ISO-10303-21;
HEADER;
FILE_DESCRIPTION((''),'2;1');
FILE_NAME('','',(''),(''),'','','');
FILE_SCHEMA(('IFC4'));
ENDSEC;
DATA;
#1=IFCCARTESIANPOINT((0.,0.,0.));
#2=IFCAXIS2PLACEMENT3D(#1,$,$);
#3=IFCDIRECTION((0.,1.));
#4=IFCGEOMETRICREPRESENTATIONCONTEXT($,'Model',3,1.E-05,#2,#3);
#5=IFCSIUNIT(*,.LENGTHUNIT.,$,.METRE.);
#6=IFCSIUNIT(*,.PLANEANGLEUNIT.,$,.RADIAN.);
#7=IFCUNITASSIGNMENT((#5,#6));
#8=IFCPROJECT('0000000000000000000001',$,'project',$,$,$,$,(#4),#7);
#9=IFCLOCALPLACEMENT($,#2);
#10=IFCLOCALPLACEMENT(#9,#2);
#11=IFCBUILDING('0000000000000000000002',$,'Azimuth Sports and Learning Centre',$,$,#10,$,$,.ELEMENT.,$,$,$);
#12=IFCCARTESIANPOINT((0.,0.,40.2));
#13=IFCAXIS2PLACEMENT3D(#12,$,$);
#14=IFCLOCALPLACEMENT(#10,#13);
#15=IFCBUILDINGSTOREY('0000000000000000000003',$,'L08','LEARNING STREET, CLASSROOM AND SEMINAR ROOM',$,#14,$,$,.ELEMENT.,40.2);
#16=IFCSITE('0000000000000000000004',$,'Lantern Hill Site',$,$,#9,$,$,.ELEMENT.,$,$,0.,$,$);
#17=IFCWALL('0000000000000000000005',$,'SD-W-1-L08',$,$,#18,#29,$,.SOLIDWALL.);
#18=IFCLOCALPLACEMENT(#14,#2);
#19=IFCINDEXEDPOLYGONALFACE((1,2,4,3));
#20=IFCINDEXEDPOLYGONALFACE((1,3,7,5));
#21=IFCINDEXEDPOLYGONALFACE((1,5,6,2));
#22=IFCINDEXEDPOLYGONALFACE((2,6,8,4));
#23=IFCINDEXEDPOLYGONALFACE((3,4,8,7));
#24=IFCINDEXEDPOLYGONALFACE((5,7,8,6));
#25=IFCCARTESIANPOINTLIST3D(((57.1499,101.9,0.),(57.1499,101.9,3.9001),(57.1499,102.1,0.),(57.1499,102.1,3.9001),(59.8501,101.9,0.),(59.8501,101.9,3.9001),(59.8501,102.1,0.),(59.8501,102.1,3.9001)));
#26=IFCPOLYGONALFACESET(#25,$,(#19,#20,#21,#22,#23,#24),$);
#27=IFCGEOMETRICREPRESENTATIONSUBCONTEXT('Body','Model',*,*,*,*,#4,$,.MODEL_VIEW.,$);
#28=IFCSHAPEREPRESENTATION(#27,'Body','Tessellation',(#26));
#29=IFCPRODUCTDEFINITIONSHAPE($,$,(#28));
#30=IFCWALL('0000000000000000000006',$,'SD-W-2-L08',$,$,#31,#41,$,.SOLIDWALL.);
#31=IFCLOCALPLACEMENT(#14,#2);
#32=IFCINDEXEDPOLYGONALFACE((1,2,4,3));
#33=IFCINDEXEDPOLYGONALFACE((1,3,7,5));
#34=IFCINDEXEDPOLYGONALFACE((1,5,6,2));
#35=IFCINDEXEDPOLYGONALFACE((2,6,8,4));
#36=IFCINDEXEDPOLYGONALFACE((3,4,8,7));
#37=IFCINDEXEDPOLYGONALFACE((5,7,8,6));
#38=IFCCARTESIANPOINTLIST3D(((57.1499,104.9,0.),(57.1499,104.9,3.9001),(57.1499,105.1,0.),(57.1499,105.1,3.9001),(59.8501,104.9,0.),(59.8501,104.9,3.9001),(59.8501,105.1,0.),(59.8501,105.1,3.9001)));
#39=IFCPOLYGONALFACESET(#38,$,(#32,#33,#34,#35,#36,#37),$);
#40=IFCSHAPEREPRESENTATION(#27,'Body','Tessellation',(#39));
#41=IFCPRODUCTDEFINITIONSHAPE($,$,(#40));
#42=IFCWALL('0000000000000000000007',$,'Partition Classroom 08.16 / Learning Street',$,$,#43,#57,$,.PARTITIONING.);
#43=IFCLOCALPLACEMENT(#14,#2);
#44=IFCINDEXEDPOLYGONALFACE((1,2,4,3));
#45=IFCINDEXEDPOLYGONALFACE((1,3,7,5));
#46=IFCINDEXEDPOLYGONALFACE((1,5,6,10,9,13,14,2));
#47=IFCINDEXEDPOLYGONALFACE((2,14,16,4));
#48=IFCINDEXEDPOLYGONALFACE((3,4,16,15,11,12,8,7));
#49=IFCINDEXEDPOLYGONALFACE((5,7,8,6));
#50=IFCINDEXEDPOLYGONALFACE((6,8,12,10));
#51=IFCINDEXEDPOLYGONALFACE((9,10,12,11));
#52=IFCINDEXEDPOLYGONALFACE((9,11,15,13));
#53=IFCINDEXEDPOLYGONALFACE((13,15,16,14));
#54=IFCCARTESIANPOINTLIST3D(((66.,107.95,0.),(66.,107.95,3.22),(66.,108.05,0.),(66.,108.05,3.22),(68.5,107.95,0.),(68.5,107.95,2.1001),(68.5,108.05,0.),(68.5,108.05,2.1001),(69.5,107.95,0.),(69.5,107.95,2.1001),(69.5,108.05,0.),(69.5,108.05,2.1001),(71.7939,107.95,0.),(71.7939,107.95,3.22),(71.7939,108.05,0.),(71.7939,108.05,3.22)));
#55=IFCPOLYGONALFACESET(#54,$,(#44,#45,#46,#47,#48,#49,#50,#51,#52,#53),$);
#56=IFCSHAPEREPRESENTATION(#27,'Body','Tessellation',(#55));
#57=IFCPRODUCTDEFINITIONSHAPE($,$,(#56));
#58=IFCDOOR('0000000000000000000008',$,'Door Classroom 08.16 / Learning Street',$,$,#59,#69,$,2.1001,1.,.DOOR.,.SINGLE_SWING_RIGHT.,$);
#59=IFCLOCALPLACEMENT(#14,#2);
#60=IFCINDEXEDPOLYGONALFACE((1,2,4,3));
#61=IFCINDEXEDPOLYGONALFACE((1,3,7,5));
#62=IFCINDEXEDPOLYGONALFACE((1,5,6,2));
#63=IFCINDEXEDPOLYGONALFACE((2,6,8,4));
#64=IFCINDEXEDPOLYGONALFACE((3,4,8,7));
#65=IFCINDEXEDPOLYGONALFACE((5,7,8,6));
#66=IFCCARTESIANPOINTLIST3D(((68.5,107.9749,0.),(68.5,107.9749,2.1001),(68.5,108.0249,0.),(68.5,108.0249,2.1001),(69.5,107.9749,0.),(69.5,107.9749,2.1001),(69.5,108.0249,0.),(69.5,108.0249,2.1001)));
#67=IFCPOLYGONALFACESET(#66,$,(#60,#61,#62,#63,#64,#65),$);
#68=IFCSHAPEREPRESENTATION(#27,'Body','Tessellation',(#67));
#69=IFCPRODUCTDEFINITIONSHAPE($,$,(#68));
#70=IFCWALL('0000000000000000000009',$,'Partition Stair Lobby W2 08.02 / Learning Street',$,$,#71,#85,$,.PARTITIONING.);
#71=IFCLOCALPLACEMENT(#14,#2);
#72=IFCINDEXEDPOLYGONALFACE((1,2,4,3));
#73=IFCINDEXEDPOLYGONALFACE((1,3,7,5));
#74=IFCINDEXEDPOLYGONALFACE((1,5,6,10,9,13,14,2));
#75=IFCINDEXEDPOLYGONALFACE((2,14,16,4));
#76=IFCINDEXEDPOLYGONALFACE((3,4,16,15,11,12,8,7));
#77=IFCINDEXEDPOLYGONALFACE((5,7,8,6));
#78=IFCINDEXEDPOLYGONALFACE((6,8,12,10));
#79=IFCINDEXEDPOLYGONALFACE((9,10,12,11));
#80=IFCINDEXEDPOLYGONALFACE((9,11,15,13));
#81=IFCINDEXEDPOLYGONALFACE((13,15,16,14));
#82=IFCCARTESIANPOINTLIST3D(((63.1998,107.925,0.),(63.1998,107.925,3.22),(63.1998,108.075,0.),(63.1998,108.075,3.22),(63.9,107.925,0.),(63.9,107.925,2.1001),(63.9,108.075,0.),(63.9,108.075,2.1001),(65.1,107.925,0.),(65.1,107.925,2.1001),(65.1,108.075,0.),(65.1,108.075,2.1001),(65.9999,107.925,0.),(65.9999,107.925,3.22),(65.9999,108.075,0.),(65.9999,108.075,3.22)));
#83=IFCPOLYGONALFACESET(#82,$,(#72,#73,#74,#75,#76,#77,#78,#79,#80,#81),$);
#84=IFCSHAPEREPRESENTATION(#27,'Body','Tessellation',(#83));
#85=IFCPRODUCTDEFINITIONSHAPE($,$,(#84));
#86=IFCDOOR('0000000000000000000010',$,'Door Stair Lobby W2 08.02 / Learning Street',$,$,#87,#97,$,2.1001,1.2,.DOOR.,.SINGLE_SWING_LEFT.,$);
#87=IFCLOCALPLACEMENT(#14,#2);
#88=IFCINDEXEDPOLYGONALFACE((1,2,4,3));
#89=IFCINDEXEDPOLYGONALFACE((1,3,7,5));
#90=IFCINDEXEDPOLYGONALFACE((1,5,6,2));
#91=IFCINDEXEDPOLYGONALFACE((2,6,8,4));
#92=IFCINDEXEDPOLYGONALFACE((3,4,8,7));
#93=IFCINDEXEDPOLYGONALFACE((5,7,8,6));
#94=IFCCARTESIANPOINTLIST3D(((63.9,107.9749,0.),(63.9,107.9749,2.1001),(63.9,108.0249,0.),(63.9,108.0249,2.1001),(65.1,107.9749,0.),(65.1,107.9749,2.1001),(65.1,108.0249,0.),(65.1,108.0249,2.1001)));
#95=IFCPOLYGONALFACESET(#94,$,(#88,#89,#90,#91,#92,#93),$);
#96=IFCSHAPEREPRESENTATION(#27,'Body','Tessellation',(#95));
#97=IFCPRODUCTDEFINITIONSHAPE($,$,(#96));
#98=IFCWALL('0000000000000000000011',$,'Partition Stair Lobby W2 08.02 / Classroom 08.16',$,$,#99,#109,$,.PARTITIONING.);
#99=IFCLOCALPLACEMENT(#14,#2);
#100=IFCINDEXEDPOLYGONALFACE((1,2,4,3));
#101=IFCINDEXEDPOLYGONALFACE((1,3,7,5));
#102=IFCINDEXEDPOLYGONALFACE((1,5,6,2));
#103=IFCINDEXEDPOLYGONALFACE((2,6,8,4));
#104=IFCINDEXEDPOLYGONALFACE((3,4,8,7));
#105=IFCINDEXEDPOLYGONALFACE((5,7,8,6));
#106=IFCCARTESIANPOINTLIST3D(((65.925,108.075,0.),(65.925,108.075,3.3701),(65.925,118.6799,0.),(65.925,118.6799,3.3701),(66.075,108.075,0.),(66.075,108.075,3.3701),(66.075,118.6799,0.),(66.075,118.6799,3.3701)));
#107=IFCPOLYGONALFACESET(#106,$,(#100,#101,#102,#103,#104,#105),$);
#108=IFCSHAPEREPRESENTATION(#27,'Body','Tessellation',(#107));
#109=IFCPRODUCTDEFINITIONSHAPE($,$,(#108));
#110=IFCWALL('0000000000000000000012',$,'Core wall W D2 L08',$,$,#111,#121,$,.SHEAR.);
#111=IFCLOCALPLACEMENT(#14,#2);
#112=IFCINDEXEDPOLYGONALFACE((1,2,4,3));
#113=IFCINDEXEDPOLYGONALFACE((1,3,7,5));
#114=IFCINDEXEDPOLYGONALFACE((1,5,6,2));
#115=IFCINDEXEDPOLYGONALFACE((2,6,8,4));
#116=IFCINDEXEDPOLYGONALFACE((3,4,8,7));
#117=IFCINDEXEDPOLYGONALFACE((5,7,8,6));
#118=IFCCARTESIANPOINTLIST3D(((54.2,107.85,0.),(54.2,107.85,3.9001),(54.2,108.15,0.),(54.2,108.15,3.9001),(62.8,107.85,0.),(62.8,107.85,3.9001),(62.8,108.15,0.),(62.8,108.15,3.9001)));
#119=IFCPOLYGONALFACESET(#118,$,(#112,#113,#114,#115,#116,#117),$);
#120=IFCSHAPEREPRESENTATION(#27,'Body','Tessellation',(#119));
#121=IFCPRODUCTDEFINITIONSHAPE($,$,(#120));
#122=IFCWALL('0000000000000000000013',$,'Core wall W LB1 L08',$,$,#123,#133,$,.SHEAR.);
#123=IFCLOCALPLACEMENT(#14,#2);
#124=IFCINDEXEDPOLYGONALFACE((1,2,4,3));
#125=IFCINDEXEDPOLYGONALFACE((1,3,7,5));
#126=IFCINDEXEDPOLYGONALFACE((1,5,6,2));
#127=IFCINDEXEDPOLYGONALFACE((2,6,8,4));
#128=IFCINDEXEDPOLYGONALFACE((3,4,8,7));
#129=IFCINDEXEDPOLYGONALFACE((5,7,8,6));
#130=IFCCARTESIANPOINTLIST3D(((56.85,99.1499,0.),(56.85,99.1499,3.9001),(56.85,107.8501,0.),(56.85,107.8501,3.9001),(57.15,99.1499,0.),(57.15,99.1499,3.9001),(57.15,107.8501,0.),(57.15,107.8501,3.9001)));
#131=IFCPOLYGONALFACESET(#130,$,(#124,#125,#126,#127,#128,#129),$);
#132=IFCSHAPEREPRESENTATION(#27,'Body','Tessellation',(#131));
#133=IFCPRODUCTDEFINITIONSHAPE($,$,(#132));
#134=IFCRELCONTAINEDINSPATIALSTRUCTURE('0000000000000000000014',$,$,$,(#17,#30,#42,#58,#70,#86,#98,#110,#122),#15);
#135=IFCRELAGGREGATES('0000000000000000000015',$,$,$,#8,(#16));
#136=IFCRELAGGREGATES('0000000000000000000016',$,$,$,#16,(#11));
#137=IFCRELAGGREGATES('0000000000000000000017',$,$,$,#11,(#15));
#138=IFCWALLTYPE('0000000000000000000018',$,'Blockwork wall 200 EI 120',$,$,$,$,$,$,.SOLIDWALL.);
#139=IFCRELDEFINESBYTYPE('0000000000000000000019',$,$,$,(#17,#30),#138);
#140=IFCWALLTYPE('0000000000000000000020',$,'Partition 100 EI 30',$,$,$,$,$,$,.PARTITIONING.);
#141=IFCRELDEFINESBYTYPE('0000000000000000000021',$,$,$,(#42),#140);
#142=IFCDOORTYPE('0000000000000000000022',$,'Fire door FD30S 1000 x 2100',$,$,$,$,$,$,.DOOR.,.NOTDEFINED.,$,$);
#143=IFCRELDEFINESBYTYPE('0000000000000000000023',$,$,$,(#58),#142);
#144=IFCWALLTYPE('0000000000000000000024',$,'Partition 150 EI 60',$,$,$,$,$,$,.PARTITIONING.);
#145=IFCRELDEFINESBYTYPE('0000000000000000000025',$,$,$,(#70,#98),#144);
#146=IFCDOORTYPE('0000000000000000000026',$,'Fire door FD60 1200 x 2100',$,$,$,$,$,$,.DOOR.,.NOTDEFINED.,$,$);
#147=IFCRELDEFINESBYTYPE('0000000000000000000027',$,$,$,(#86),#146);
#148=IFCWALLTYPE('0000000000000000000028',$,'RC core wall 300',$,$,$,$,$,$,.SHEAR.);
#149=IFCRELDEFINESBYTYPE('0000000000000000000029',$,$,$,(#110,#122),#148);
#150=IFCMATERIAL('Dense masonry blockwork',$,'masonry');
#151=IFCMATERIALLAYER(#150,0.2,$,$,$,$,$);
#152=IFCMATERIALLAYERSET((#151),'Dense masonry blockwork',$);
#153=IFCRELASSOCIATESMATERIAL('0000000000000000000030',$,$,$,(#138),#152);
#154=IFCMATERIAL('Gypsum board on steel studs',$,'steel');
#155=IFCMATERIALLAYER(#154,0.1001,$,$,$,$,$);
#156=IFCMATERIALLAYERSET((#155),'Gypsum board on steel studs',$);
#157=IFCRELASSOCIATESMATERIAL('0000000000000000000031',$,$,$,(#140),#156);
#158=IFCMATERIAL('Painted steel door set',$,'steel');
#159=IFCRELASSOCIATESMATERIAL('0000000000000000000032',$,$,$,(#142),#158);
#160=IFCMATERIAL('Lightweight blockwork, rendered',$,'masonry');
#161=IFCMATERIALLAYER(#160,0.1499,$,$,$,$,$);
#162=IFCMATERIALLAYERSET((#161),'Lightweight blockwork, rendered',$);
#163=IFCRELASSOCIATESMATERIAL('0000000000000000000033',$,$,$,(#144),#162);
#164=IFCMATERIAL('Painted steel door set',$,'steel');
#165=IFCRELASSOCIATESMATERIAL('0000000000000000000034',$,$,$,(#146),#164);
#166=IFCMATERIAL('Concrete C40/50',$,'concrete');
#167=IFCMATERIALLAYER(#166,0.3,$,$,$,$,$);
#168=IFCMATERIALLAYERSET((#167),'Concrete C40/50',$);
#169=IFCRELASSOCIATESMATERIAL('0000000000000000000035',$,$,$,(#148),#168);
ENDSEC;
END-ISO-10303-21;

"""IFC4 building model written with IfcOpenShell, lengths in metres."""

from ifc_helpers import new_model, si_unit, direction, frame, frame_2d, origin, place, context, subcontext, project, spatial, rectangle, extrude, material, layer, layer_set, type_object, element, fill, save


model = new_model("IFC4")

# Units and contexts
model_context = context("Model", 3, precision=1e-05, world=origin(), true_north=direction((0.0, 1.0)))
body_context = subcontext(model_context, "Body", "Model", "MODEL_VIEW")
ifc_project = project(units=[si_unit("LENGTHUNIT", "METRE"), si_unit("PLANEANGLEUNIT", "RADIAN")], contexts=[model_context])

# Site, building, storey
site_placement = place(None, origin())
site = spatial("IfcSite", under=ifc_project, at=site_placement, Name="Lantern Hill Site", CompositionType="ELEMENT", RefElevation=0.0)
building_placement = place(site_placement, origin())
building = spatial("IfcBuilding", under=site, at=building_placement, Name="Azimuth Sports and Learning Centre", CompositionType="ELEMENT")
storey_placement = place(building_placement, frame((0.0, 0.0, 40.2)))
storey = spatial("IfcBuildingStorey", under=building, at=storey_placement, Name="L08", Description="LEARNING STREET, CLASSROOM AND SEMINAR ROOM", CompositionType="ELEMENT", Elevation=40.2)

# Walls
ifc_material_1 = material(Name="Dense masonry blockwork", Category="masonry")
ifc_layer_1 = layer(ifc_material_1, 0.2)
ifc_layer_set_1 = layer_set([ifc_layer_1], Name="Dense masonry blockwork")
wall_type_1 = type_object("IfcWallType", Name="Blockwork wall 200 EI 120", PredefinedType="SOLIDWALL", material=ifc_layer_set_1)
for number, where, z_axis, x_axis, name in (
    (1, (57.1499, 102.0, 0.0), (0.0, 0.0, 1.0), (1.0, 0.0, 0.0), "SD-W-1-L08"),
    (2, (57.1499, 105.0, 0.0), (0.0, 0.0, 1.0), (1.0, 0.0, 0.0), "SD-W-2-L08"),
):
    element("IfcWall", number, at=place(storey_placement, frame(where, z_axis=z_axis, x_axis=x_axis)), inside=storey, type_object=wall_type_1, Name=name, PredefinedType="SOLIDWALL", context=body_context, shape_type="SweptSolid", body=[
        extrude(rectangle(XDim=2.7002, YDim=0.2, at=frame_2d((1.3501, 0.0))), origin(), (0.0, 0.0, 1.0), 3.9001),
    ])

# Walls, openings, doors
ifc_material_2 = material(Name="Gypsum board on steel studs", Category="steel")
ifc_layer_2 = layer(ifc_material_2, 0.1001)
ifc_layer_set_2 = layer_set([ifc_layer_2], Name="Gypsum board on steel studs")
wall_type_2 = type_object("IfcWallType", Name="Partition 100 EI 30", PredefinedType="PARTITIONING", material=ifc_layer_set_2)
wall_1_placement = place(storey_placement, frame((66.0, 108.0, 0.0), z_axis=(0.0, 0.0, 1.0), x_axis=(1.0, 0.0, 0.0)))
wall_1 = element("IfcWall", 3, at=wall_1_placement, inside=storey, type_object=wall_type_2, Name="Partition Classroom 08.16 / Learning Street", PredefinedType="PARTITIONING", context=body_context, shape_type="SweptSolid", body=[
    extrude(rectangle(XDim=5.7939, YDim=0.1001, at=frame_2d((2.897, 0.0))), origin(), (0.0, 0.0, 1.0), 3.22),
])
opening_1_placement = place(wall_1_placement, frame((2.5, 0.0, 0.0)))
opening_1 = element("IfcOpeningElement", 4, at=opening_1_placement, cuts=wall_1, PredefinedType="OPENING", context=body_context, shape_type="SweptSolid", body=[
    extrude(rectangle(XDim=1.0, YDim=2.1001, at=frame_2d((0.5, 1.05))), frame((0.0, 0.061, 0.0), z_axis=(0.0, -1.0, 0.0), x_axis=(1.0, 0.0, 0.0)), (0.0, 0.0, 1.0), 0.1221),
])
ifc_material_3 = material(Name="Painted steel door set", Category="steel")
door_type_1 = type_object("IfcDoorType", Name="Fire door FD30S 1000 x 2100", OperationType="NOTDEFINED", PredefinedType="DOOR", material=ifc_material_3)
door_1_placement = place(opening_1_placement, origin())
door_1 = element("IfcDoor", 5, at=door_1_placement, inside=storey, type_object=door_type_1, Name="Door Classroom 08.16 / Learning Street", OperationType="SINGLE_SWING_RIGHT", OverallHeight=2.1001, OverallWidth=1.0, PredefinedType="DOOR", context=body_context, shape_type="SweptSolid", body=[
    extrude(rectangle(XDim=1.0, YDim=2.1001, at=frame_2d((0.5, 1.05))), frame((0.0, 0.0249, 0.0), z_axis=(0.0, -1.0, 0.0), x_axis=(1.0, 0.0, 0.0)), (0.0, 0.0, 1.0), 0.05),
])
fill(opening_1, door_1)
ifc_material_4 = material(Name="Lightweight blockwork, rendered", Category="masonry")
ifc_layer_3 = layer(ifc_material_4, 0.1499)
ifc_layer_set_3 = layer_set([ifc_layer_3], Name="Lightweight blockwork, rendered")
wall_type_3 = type_object("IfcWallType", Name="Partition 150 EI 60", PredefinedType="PARTITIONING", material=ifc_layer_set_3)
wall_2_placement = place(storey_placement, frame((63.2, 108.0, 0.0), z_axis=(0.0, 0.0, 1.0), x_axis=(1.0, 0.0, 0.0)))
wall_2 = element("IfcWall", 6, at=wall_2_placement, inside=storey, type_object=wall_type_3, Name="Partition Stair Lobby W2 08.02 / Learning Street", PredefinedType="PARTITIONING", context=body_context, shape_type="SweptSolid", body=[
    extrude(rectangle(XDim=2.8, YDim=0.1499, at=frame_2d((1.3999, 0.0))), origin(), (0.0, 0.0, 1.0), 3.22),
])
opening_2_placement = place(wall_2_placement, frame((0.7, 0.0, 0.0)))
opening_2 = element("IfcOpeningElement", 7, at=opening_2_placement, cuts=wall_2, PredefinedType="OPENING", context=body_context, shape_type="SweptSolid", body=[
    extrude(rectangle(XDim=1.2, YDim=2.1001, at=frame_2d((0.6001, 1.05))), frame((0.0, 0.0859, 0.0), z_axis=(0.0, -1.0, 0.0), x_axis=(1.0, 0.0, 0.0)), (0.0, 0.0, 1.0), 0.1719),
])
ifc_material_5 = material(Name="Painted steel door set", Category="steel")
door_type_2 = type_object("IfcDoorType", Name="Fire door FD60 1200 x 2100", OperationType="NOTDEFINED", PredefinedType="DOOR", material=ifc_material_5)
door_2_placement = place(opening_2_placement, origin())
door_2 = element("IfcDoor", 8, at=door_2_placement, inside=storey, type_object=door_type_2, Name="Door Stair Lobby W2 08.02 / Learning Street", OperationType="SINGLE_SWING_LEFT", OverallHeight=2.1001, OverallWidth=1.2, PredefinedType="DOOR", context=body_context, shape_type="SweptSolid", body=[
    extrude(rectangle(XDim=1.2, YDim=2.1001, at=frame_2d((0.6001, 1.05))), frame((0.0, 0.0249, 0.0), z_axis=(0.0, -1.0, 0.0), x_axis=(1.0, 0.0, 0.0)), (0.0, 0.0, 1.0), 0.05),
])
fill(opening_2, door_2)

# Walls
wall_3_placement = place(storey_placement, frame((66.0, 108.075, 0.0), z_axis=(0.0, 0.0, 1.0), x_axis=(0.0, 1.0, 0.0)))
element("IfcWall", 9, at=wall_3_placement, inside=storey, type_object=wall_type_3, Name="Partition Stair Lobby W2 08.02 / Classroom 08.16", PredefinedType="PARTITIONING", context=body_context, shape_type="SweptSolid", body=[
    extrude(rectangle(XDim=10.605, YDim=0.1499, at=frame_2d((5.3025, 0.0))), origin(), (0.0, 0.0, 1.0), 3.3701),
])
ifc_material_6 = material(Name="Concrete C40/50", Category="concrete")
ifc_layer_4 = layer(ifc_material_6, 0.3)
ifc_layer_set_4 = layer_set([ifc_layer_4], Name="Concrete C40/50")
wall_type_4 = type_object("IfcWallType", Name="RC core wall 300", PredefinedType="SHEAR", material=ifc_layer_set_4)
wall_4_placement = place(storey_placement, frame((54.2, 108.0, 0.0), z_axis=(0.0, 0.0, 1.0), x_axis=(1.0, 0.0, 0.0)))
element("IfcWall", 10, at=wall_4_placement, inside=storey, type_object=wall_type_4, Name="Core wall W D2 L08", PredefinedType="SHEAR", context=body_context, shape_type="SweptSolid", body=[
    extrude(rectangle(XDim=8.6001, YDim=0.3, at=frame_2d((4.3, 0.0))), origin(), (0.0, 0.0, 1.0), 3.9001),
])
wall_5_placement = place(storey_placement, frame((57.0, 99.1499, 0.0), z_axis=(0.0, 0.0, 1.0), x_axis=(0.0, 1.0, 0.0)))
element("IfcWall", 11, at=wall_5_placement, inside=storey, type_object=wall_type_4, Name="Core wall W LB1 L08", PredefinedType="SHEAR", context=body_context, shape_type="SweptSolid", body=[
    extrude(rectangle(XDim=8.7002, YDim=0.3, at=frame_2d((4.3501, 0.0))), origin(), (0.0, 0.0, 1.0), 3.9001),
])

save(model, "model.ifc")
